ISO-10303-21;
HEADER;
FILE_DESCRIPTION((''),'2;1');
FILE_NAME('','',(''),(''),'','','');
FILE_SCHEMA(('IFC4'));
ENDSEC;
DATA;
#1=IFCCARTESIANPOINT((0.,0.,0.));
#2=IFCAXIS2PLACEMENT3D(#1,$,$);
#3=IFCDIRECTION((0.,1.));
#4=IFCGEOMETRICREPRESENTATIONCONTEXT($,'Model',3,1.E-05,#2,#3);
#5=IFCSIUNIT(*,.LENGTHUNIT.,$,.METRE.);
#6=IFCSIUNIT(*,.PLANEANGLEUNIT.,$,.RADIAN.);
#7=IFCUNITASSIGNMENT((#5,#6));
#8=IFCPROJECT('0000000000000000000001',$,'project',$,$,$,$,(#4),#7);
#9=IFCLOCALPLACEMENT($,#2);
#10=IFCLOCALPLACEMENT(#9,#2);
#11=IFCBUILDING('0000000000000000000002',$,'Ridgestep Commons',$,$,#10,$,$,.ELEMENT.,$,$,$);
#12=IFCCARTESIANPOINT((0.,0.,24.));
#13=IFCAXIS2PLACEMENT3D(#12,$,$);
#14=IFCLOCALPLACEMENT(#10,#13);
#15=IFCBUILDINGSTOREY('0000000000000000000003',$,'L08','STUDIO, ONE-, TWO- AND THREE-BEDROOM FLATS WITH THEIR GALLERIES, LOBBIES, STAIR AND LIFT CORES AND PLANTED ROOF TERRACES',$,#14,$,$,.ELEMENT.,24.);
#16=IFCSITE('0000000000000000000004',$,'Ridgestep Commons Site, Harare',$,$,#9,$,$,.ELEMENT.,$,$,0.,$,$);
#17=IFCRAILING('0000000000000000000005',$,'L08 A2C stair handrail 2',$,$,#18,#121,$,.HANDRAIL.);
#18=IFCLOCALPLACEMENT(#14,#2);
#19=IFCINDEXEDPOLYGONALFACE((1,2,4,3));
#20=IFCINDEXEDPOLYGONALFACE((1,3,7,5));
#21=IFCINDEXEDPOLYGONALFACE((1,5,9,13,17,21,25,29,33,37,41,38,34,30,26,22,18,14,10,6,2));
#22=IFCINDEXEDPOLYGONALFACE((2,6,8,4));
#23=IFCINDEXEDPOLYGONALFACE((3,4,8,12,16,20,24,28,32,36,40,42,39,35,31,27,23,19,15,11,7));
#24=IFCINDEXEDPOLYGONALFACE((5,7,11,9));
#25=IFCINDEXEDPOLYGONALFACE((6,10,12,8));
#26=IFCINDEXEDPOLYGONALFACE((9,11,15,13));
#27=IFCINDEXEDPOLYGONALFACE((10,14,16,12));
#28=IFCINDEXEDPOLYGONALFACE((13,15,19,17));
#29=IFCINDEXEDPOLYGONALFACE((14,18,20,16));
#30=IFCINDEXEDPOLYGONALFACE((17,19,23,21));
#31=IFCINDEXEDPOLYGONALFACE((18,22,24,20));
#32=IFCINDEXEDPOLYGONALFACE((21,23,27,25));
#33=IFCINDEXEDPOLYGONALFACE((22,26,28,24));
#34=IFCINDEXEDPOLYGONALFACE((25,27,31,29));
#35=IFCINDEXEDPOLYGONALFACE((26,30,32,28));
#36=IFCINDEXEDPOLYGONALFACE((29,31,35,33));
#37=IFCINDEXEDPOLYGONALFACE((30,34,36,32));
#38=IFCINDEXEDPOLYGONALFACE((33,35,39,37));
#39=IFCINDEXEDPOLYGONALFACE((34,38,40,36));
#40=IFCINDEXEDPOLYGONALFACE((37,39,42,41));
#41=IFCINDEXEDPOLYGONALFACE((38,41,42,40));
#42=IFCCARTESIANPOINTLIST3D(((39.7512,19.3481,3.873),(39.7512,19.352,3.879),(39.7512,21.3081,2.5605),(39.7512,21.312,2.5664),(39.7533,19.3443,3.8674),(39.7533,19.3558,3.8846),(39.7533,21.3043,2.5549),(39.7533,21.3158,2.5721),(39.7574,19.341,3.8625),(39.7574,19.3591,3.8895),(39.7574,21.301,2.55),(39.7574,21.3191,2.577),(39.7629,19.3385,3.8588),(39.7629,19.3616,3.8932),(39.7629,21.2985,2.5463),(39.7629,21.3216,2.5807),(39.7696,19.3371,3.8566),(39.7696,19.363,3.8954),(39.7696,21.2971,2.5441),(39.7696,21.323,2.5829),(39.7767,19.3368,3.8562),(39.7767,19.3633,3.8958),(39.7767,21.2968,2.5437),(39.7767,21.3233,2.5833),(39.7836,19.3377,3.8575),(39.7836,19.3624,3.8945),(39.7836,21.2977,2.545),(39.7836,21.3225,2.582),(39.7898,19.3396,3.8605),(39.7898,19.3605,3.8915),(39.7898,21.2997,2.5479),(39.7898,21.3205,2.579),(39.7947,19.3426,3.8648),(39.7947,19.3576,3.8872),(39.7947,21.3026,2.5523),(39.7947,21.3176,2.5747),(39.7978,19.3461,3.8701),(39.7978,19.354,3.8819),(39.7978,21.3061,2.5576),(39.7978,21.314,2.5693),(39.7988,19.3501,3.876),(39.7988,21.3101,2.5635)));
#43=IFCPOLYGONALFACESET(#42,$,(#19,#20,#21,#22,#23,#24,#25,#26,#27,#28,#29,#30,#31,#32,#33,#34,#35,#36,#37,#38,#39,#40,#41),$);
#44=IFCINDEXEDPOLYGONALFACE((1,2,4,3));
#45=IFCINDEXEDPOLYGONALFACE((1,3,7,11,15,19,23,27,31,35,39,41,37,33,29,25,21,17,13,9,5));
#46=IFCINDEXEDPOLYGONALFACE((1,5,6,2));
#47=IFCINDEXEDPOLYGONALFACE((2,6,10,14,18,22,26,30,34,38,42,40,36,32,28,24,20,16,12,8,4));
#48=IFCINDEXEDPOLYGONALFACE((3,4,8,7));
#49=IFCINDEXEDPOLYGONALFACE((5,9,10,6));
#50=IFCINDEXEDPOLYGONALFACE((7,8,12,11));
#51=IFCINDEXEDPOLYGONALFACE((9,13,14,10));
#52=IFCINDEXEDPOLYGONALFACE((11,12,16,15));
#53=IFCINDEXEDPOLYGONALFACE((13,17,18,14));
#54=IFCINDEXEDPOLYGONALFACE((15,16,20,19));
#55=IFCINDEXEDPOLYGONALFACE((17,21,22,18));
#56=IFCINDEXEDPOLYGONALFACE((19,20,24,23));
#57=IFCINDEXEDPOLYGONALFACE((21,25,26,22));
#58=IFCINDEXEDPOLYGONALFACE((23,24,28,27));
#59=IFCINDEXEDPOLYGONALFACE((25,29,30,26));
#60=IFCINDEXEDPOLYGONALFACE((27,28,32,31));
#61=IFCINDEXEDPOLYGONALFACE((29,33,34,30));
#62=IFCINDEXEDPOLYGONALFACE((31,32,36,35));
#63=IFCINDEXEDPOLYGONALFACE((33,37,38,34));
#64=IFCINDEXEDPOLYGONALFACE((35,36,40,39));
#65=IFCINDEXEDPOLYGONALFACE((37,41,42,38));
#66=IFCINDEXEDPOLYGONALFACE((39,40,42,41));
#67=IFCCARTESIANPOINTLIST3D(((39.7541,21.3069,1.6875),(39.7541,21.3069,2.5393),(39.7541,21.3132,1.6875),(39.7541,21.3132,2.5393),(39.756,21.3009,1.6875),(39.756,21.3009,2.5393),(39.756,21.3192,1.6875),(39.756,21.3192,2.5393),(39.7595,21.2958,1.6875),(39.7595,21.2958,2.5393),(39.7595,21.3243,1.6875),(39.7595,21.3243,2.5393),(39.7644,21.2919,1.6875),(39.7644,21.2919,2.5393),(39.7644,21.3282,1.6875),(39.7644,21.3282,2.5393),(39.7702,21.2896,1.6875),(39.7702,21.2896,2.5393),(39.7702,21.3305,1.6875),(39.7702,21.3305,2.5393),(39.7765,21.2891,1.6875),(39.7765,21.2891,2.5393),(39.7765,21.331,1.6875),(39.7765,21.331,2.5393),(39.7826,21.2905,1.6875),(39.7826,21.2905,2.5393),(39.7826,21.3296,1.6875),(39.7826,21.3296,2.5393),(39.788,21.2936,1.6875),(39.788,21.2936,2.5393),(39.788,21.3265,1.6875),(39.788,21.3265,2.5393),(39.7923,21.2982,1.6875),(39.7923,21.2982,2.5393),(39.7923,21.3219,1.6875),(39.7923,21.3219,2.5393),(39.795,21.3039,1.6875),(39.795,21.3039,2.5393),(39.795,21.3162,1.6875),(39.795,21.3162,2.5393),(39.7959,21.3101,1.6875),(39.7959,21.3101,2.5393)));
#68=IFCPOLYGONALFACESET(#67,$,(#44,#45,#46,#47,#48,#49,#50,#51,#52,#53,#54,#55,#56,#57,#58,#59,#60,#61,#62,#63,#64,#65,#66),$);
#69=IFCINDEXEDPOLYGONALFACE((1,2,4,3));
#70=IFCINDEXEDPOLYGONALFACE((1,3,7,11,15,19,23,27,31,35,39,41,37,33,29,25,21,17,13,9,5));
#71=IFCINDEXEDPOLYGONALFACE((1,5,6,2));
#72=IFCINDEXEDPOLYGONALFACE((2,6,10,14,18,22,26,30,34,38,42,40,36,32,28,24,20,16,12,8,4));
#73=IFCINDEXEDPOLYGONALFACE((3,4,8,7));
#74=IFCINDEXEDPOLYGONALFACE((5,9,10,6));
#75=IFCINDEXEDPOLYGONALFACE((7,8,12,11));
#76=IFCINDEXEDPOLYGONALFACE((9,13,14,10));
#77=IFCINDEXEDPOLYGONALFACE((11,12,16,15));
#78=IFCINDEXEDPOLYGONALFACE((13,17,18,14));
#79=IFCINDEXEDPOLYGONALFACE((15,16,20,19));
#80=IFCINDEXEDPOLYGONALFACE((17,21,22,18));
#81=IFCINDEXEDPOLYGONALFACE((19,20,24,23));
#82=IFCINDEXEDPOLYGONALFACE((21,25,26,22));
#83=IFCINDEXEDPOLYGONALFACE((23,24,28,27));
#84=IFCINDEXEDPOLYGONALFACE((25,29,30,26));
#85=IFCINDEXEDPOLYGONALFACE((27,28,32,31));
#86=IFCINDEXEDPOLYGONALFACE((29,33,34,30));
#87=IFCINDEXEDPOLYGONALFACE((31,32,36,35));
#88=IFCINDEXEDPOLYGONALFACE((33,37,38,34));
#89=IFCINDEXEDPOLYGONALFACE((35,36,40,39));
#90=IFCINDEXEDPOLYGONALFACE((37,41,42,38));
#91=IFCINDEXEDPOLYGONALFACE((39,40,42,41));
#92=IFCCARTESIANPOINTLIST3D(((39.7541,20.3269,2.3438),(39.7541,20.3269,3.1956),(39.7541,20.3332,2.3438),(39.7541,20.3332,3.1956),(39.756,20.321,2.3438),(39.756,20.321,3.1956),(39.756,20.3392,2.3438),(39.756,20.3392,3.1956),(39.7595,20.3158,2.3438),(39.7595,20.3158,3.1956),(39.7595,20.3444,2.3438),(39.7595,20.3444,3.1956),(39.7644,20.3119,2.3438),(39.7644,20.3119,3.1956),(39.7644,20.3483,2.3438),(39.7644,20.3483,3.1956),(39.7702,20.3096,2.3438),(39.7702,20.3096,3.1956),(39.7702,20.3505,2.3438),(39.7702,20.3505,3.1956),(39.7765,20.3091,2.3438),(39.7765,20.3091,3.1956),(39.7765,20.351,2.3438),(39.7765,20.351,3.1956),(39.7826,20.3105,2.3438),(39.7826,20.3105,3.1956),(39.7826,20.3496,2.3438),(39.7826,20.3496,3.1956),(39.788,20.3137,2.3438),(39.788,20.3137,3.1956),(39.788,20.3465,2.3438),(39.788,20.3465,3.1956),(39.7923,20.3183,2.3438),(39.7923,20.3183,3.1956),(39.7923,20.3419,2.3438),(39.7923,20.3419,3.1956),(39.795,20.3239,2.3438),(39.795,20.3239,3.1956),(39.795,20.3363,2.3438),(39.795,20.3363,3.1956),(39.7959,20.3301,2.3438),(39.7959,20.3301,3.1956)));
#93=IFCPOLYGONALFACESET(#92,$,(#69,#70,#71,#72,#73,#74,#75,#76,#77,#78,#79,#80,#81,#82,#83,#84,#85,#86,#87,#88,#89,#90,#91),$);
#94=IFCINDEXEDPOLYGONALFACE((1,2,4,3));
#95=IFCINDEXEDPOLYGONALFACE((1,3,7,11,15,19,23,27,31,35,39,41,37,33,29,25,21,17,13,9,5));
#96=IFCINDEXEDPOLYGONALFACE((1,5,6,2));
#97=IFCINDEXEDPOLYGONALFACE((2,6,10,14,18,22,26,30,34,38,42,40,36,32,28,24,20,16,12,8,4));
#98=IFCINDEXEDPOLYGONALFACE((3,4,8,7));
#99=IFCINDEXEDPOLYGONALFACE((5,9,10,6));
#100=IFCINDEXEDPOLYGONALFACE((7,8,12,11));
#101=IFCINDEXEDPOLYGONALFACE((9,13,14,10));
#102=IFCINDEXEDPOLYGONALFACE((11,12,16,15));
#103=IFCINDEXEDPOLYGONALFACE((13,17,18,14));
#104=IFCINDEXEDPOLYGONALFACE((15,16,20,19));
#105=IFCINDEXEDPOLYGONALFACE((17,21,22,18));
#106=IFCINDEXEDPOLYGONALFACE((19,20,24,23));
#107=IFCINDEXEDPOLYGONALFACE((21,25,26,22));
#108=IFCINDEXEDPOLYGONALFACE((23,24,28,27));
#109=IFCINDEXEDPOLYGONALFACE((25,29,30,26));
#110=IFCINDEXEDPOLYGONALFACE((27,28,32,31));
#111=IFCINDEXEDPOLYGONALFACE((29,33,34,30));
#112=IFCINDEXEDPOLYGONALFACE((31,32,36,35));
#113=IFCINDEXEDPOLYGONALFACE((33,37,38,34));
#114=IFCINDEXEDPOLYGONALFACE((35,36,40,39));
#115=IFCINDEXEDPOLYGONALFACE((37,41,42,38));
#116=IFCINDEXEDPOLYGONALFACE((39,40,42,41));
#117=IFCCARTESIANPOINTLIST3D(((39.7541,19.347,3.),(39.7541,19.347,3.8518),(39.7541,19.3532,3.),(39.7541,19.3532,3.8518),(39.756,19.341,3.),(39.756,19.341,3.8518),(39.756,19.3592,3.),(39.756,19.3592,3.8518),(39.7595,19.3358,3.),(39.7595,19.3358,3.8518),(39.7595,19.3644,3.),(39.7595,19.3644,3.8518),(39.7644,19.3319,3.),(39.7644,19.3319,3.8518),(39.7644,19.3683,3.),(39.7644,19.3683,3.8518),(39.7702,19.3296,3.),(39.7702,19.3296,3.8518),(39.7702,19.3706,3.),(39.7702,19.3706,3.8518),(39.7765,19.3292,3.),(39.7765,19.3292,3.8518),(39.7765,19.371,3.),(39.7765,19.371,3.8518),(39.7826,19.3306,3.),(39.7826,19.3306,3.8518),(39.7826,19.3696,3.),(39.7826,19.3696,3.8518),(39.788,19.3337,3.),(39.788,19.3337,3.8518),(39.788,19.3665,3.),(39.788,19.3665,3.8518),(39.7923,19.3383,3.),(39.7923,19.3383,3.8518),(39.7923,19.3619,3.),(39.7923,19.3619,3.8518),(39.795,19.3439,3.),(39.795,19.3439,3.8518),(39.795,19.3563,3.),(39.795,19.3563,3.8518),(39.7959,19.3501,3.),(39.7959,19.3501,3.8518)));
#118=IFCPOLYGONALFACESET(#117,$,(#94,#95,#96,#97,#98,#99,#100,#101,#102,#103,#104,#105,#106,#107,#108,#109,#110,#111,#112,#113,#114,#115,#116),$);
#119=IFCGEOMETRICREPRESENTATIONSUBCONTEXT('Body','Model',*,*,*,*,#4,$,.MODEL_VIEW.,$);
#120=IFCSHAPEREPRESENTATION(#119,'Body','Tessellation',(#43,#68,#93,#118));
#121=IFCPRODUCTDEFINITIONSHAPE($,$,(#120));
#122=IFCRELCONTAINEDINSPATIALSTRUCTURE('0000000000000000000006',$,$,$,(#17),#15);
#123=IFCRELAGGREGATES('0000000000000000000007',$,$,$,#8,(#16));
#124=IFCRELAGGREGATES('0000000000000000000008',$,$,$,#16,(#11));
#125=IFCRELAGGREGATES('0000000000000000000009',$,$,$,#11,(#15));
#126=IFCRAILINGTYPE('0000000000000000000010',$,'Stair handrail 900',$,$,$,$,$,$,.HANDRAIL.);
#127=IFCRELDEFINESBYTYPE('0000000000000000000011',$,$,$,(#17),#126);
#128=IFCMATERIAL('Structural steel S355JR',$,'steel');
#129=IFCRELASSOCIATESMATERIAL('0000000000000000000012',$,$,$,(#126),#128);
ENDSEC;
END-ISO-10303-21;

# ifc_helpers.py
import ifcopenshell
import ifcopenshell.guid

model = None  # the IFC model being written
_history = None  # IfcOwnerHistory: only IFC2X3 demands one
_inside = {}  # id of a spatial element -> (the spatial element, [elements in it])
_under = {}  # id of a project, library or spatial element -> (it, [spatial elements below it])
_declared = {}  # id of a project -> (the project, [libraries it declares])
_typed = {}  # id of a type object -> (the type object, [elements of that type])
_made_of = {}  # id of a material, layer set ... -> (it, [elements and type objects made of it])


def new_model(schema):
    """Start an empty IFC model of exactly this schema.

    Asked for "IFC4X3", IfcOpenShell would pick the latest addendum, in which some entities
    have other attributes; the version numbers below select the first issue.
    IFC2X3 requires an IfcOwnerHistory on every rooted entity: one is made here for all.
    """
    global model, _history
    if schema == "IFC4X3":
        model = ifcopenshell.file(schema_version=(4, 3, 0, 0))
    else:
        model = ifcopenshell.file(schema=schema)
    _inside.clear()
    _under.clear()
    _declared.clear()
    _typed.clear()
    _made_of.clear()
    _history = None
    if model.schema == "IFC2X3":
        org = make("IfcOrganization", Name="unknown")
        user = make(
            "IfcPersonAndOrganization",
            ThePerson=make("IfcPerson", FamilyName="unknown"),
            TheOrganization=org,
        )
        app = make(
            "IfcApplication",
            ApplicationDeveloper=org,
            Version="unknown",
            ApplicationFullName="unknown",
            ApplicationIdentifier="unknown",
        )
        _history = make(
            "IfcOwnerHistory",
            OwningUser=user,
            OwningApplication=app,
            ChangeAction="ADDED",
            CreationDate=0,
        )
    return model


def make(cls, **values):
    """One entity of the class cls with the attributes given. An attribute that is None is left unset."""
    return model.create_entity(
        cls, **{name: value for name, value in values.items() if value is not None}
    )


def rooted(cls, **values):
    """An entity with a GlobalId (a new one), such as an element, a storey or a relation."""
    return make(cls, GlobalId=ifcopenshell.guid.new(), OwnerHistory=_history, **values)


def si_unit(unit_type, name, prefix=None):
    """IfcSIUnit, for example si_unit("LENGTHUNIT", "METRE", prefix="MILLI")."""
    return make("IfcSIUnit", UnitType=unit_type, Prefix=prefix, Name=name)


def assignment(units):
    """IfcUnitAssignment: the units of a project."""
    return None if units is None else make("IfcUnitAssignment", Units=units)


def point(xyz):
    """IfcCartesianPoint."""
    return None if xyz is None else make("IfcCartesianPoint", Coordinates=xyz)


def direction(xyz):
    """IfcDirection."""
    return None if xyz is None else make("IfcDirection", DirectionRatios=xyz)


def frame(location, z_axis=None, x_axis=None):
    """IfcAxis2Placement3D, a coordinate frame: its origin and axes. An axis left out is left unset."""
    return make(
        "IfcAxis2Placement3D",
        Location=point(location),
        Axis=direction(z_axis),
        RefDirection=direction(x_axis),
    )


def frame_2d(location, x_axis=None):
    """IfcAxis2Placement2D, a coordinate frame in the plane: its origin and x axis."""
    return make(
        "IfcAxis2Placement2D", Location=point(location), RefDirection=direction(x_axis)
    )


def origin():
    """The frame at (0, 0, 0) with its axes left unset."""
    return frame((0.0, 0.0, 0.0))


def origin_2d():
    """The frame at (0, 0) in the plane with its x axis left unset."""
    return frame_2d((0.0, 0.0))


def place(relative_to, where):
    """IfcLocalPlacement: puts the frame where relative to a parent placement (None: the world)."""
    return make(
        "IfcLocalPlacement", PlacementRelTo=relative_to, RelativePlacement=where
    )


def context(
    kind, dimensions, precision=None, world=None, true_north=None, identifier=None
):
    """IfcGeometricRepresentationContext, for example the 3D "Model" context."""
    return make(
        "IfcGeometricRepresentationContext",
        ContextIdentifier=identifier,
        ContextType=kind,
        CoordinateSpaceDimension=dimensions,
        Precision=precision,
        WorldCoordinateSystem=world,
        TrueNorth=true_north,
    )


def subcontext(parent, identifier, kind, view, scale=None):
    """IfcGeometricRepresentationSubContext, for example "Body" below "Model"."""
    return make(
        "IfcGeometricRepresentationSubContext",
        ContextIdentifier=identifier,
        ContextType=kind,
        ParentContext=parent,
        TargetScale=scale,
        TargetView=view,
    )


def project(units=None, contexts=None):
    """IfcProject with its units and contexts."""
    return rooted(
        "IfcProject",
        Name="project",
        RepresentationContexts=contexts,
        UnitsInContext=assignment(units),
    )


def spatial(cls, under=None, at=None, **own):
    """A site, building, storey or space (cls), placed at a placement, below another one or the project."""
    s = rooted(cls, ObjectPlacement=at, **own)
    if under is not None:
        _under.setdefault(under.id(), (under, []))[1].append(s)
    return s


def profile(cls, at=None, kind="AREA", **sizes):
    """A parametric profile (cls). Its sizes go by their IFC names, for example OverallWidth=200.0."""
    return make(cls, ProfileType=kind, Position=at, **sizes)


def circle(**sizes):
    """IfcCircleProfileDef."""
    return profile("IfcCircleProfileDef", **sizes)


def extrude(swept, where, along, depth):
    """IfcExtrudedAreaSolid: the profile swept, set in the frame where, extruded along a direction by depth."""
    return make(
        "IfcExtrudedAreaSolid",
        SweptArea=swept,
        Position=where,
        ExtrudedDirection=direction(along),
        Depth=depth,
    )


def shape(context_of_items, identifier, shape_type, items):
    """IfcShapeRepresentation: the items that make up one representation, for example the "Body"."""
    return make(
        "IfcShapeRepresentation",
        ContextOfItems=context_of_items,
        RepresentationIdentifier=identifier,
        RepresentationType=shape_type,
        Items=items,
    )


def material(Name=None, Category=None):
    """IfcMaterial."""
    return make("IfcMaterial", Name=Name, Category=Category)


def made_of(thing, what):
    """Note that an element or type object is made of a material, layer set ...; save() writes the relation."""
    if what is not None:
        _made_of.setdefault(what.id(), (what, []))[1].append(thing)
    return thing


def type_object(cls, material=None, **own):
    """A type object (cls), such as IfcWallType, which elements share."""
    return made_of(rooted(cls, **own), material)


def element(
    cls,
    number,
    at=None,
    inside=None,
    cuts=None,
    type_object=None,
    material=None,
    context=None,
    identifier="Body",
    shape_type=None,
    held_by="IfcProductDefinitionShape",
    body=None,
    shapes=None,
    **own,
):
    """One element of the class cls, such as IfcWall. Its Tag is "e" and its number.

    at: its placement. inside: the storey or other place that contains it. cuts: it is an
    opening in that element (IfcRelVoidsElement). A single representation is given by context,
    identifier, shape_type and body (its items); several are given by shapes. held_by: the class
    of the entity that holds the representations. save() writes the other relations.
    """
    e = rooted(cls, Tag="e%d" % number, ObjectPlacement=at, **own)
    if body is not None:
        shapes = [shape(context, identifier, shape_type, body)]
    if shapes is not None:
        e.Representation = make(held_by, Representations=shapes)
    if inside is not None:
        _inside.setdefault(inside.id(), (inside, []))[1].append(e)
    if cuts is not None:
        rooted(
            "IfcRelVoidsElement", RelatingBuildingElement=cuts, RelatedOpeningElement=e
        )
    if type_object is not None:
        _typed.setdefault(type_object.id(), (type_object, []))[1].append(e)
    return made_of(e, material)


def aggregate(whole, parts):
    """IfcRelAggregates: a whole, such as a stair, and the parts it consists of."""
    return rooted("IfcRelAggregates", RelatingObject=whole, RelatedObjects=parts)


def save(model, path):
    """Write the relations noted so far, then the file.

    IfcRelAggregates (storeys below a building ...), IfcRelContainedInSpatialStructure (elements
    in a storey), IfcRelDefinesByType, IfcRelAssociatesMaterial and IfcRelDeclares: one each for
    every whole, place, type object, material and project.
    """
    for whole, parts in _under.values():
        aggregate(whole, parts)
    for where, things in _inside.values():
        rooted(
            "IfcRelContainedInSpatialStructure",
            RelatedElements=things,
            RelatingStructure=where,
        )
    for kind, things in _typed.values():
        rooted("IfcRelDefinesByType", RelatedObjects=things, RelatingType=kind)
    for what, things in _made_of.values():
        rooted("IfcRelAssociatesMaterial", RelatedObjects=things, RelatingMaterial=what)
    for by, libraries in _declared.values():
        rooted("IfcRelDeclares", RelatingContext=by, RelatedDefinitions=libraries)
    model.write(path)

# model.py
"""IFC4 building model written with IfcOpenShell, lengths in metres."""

from ifc_helpers import new_model, si_unit, direction, frame, origin, origin_2d, place, context, subcontext, project, spatial, circle, extrude, material, type_object, element, save


model = new_model("IFC4")

# Units and contexts
model_context = context("Model", 3, precision=1e-05, world=origin(), true_north=direction((0.0, 1.0)))
body_context = subcontext(model_context, "Body", "Model", "MODEL_VIEW")
ifc_project = project(units=[si_unit("LENGTHUNIT", "METRE"), si_unit("PLANEANGLEUNIT", "RADIAN")], contexts=[model_context])

# Site, building, storey
site_placement = place(None, origin())
site = spatial("IfcSite", under=ifc_project, at=site_placement, Name="Ridgestep Commons Site, Harare", CompositionType="ELEMENT", RefElevation=0.0)
building_placement = place(site_placement, origin())
building = spatial("IfcBuilding", under=site, at=building_placement, Name="Ridgestep Commons", CompositionType="ELEMENT")
storey_placement = place(building_placement, frame((0.0, 0.0, 24.0)))
storey = spatial("IfcBuildingStorey", under=building, at=storey_placement, Name="L08", Description="STUDIO, ONE-, TWO- AND THREE-BEDROOM FLATS WITH THEIR GALLERIES, LOBBIES, STAIR AND LIFT CORES AND PLANTED ROOF TERRACES", CompositionType="ELEMENT", Elevation=24.0)

# Railing
ifc_material_1 = material(Name="Structural steel S355JR", Category="steel")
railing_type_1 = type_object("IfcRailingType", Name="Stair handrail 900", PredefinedType="HANDRAIL", material=ifc_material_1)
railing_1_placement = place(storey_placement, frame((39.7749, 21.3101, 1.6875)))
element("IfcRailing", 1, at=railing_1_placement, inside=storey, type_object=railing_type_1, Name="L08 A2C stair handrail 2", PredefinedType="HANDRAIL", context=body_context, shape_type="SweptSolid", body=[
    extrude(circle(Radius=0.0239, at=origin_2d()), frame((0.0, 0.0, 0.876), z_axis=(0.0, -0.830902, 0.556419), x_axis=(1.0, 0.0, 0.0)), (0.0, 0.0, 1.0), 2.3589),
    extrude(circle(Radius=0.021, at=origin_2d()), origin(), (0.0, 0.0, 1.0), 0.8518),
    extrude(circle(Radius=0.021, at=origin_2d()), frame((0.0, -0.98, 0.6562)), (0.0, 0.0, 1.0), 0.8518),
    extrude(circle(Radius=0.021, at=origin_2d()), frame((0.0, -1.96, 1.3125)), (0.0, 0.0, 1.0), 0.8518),
])

save(model, "model.ifc")
